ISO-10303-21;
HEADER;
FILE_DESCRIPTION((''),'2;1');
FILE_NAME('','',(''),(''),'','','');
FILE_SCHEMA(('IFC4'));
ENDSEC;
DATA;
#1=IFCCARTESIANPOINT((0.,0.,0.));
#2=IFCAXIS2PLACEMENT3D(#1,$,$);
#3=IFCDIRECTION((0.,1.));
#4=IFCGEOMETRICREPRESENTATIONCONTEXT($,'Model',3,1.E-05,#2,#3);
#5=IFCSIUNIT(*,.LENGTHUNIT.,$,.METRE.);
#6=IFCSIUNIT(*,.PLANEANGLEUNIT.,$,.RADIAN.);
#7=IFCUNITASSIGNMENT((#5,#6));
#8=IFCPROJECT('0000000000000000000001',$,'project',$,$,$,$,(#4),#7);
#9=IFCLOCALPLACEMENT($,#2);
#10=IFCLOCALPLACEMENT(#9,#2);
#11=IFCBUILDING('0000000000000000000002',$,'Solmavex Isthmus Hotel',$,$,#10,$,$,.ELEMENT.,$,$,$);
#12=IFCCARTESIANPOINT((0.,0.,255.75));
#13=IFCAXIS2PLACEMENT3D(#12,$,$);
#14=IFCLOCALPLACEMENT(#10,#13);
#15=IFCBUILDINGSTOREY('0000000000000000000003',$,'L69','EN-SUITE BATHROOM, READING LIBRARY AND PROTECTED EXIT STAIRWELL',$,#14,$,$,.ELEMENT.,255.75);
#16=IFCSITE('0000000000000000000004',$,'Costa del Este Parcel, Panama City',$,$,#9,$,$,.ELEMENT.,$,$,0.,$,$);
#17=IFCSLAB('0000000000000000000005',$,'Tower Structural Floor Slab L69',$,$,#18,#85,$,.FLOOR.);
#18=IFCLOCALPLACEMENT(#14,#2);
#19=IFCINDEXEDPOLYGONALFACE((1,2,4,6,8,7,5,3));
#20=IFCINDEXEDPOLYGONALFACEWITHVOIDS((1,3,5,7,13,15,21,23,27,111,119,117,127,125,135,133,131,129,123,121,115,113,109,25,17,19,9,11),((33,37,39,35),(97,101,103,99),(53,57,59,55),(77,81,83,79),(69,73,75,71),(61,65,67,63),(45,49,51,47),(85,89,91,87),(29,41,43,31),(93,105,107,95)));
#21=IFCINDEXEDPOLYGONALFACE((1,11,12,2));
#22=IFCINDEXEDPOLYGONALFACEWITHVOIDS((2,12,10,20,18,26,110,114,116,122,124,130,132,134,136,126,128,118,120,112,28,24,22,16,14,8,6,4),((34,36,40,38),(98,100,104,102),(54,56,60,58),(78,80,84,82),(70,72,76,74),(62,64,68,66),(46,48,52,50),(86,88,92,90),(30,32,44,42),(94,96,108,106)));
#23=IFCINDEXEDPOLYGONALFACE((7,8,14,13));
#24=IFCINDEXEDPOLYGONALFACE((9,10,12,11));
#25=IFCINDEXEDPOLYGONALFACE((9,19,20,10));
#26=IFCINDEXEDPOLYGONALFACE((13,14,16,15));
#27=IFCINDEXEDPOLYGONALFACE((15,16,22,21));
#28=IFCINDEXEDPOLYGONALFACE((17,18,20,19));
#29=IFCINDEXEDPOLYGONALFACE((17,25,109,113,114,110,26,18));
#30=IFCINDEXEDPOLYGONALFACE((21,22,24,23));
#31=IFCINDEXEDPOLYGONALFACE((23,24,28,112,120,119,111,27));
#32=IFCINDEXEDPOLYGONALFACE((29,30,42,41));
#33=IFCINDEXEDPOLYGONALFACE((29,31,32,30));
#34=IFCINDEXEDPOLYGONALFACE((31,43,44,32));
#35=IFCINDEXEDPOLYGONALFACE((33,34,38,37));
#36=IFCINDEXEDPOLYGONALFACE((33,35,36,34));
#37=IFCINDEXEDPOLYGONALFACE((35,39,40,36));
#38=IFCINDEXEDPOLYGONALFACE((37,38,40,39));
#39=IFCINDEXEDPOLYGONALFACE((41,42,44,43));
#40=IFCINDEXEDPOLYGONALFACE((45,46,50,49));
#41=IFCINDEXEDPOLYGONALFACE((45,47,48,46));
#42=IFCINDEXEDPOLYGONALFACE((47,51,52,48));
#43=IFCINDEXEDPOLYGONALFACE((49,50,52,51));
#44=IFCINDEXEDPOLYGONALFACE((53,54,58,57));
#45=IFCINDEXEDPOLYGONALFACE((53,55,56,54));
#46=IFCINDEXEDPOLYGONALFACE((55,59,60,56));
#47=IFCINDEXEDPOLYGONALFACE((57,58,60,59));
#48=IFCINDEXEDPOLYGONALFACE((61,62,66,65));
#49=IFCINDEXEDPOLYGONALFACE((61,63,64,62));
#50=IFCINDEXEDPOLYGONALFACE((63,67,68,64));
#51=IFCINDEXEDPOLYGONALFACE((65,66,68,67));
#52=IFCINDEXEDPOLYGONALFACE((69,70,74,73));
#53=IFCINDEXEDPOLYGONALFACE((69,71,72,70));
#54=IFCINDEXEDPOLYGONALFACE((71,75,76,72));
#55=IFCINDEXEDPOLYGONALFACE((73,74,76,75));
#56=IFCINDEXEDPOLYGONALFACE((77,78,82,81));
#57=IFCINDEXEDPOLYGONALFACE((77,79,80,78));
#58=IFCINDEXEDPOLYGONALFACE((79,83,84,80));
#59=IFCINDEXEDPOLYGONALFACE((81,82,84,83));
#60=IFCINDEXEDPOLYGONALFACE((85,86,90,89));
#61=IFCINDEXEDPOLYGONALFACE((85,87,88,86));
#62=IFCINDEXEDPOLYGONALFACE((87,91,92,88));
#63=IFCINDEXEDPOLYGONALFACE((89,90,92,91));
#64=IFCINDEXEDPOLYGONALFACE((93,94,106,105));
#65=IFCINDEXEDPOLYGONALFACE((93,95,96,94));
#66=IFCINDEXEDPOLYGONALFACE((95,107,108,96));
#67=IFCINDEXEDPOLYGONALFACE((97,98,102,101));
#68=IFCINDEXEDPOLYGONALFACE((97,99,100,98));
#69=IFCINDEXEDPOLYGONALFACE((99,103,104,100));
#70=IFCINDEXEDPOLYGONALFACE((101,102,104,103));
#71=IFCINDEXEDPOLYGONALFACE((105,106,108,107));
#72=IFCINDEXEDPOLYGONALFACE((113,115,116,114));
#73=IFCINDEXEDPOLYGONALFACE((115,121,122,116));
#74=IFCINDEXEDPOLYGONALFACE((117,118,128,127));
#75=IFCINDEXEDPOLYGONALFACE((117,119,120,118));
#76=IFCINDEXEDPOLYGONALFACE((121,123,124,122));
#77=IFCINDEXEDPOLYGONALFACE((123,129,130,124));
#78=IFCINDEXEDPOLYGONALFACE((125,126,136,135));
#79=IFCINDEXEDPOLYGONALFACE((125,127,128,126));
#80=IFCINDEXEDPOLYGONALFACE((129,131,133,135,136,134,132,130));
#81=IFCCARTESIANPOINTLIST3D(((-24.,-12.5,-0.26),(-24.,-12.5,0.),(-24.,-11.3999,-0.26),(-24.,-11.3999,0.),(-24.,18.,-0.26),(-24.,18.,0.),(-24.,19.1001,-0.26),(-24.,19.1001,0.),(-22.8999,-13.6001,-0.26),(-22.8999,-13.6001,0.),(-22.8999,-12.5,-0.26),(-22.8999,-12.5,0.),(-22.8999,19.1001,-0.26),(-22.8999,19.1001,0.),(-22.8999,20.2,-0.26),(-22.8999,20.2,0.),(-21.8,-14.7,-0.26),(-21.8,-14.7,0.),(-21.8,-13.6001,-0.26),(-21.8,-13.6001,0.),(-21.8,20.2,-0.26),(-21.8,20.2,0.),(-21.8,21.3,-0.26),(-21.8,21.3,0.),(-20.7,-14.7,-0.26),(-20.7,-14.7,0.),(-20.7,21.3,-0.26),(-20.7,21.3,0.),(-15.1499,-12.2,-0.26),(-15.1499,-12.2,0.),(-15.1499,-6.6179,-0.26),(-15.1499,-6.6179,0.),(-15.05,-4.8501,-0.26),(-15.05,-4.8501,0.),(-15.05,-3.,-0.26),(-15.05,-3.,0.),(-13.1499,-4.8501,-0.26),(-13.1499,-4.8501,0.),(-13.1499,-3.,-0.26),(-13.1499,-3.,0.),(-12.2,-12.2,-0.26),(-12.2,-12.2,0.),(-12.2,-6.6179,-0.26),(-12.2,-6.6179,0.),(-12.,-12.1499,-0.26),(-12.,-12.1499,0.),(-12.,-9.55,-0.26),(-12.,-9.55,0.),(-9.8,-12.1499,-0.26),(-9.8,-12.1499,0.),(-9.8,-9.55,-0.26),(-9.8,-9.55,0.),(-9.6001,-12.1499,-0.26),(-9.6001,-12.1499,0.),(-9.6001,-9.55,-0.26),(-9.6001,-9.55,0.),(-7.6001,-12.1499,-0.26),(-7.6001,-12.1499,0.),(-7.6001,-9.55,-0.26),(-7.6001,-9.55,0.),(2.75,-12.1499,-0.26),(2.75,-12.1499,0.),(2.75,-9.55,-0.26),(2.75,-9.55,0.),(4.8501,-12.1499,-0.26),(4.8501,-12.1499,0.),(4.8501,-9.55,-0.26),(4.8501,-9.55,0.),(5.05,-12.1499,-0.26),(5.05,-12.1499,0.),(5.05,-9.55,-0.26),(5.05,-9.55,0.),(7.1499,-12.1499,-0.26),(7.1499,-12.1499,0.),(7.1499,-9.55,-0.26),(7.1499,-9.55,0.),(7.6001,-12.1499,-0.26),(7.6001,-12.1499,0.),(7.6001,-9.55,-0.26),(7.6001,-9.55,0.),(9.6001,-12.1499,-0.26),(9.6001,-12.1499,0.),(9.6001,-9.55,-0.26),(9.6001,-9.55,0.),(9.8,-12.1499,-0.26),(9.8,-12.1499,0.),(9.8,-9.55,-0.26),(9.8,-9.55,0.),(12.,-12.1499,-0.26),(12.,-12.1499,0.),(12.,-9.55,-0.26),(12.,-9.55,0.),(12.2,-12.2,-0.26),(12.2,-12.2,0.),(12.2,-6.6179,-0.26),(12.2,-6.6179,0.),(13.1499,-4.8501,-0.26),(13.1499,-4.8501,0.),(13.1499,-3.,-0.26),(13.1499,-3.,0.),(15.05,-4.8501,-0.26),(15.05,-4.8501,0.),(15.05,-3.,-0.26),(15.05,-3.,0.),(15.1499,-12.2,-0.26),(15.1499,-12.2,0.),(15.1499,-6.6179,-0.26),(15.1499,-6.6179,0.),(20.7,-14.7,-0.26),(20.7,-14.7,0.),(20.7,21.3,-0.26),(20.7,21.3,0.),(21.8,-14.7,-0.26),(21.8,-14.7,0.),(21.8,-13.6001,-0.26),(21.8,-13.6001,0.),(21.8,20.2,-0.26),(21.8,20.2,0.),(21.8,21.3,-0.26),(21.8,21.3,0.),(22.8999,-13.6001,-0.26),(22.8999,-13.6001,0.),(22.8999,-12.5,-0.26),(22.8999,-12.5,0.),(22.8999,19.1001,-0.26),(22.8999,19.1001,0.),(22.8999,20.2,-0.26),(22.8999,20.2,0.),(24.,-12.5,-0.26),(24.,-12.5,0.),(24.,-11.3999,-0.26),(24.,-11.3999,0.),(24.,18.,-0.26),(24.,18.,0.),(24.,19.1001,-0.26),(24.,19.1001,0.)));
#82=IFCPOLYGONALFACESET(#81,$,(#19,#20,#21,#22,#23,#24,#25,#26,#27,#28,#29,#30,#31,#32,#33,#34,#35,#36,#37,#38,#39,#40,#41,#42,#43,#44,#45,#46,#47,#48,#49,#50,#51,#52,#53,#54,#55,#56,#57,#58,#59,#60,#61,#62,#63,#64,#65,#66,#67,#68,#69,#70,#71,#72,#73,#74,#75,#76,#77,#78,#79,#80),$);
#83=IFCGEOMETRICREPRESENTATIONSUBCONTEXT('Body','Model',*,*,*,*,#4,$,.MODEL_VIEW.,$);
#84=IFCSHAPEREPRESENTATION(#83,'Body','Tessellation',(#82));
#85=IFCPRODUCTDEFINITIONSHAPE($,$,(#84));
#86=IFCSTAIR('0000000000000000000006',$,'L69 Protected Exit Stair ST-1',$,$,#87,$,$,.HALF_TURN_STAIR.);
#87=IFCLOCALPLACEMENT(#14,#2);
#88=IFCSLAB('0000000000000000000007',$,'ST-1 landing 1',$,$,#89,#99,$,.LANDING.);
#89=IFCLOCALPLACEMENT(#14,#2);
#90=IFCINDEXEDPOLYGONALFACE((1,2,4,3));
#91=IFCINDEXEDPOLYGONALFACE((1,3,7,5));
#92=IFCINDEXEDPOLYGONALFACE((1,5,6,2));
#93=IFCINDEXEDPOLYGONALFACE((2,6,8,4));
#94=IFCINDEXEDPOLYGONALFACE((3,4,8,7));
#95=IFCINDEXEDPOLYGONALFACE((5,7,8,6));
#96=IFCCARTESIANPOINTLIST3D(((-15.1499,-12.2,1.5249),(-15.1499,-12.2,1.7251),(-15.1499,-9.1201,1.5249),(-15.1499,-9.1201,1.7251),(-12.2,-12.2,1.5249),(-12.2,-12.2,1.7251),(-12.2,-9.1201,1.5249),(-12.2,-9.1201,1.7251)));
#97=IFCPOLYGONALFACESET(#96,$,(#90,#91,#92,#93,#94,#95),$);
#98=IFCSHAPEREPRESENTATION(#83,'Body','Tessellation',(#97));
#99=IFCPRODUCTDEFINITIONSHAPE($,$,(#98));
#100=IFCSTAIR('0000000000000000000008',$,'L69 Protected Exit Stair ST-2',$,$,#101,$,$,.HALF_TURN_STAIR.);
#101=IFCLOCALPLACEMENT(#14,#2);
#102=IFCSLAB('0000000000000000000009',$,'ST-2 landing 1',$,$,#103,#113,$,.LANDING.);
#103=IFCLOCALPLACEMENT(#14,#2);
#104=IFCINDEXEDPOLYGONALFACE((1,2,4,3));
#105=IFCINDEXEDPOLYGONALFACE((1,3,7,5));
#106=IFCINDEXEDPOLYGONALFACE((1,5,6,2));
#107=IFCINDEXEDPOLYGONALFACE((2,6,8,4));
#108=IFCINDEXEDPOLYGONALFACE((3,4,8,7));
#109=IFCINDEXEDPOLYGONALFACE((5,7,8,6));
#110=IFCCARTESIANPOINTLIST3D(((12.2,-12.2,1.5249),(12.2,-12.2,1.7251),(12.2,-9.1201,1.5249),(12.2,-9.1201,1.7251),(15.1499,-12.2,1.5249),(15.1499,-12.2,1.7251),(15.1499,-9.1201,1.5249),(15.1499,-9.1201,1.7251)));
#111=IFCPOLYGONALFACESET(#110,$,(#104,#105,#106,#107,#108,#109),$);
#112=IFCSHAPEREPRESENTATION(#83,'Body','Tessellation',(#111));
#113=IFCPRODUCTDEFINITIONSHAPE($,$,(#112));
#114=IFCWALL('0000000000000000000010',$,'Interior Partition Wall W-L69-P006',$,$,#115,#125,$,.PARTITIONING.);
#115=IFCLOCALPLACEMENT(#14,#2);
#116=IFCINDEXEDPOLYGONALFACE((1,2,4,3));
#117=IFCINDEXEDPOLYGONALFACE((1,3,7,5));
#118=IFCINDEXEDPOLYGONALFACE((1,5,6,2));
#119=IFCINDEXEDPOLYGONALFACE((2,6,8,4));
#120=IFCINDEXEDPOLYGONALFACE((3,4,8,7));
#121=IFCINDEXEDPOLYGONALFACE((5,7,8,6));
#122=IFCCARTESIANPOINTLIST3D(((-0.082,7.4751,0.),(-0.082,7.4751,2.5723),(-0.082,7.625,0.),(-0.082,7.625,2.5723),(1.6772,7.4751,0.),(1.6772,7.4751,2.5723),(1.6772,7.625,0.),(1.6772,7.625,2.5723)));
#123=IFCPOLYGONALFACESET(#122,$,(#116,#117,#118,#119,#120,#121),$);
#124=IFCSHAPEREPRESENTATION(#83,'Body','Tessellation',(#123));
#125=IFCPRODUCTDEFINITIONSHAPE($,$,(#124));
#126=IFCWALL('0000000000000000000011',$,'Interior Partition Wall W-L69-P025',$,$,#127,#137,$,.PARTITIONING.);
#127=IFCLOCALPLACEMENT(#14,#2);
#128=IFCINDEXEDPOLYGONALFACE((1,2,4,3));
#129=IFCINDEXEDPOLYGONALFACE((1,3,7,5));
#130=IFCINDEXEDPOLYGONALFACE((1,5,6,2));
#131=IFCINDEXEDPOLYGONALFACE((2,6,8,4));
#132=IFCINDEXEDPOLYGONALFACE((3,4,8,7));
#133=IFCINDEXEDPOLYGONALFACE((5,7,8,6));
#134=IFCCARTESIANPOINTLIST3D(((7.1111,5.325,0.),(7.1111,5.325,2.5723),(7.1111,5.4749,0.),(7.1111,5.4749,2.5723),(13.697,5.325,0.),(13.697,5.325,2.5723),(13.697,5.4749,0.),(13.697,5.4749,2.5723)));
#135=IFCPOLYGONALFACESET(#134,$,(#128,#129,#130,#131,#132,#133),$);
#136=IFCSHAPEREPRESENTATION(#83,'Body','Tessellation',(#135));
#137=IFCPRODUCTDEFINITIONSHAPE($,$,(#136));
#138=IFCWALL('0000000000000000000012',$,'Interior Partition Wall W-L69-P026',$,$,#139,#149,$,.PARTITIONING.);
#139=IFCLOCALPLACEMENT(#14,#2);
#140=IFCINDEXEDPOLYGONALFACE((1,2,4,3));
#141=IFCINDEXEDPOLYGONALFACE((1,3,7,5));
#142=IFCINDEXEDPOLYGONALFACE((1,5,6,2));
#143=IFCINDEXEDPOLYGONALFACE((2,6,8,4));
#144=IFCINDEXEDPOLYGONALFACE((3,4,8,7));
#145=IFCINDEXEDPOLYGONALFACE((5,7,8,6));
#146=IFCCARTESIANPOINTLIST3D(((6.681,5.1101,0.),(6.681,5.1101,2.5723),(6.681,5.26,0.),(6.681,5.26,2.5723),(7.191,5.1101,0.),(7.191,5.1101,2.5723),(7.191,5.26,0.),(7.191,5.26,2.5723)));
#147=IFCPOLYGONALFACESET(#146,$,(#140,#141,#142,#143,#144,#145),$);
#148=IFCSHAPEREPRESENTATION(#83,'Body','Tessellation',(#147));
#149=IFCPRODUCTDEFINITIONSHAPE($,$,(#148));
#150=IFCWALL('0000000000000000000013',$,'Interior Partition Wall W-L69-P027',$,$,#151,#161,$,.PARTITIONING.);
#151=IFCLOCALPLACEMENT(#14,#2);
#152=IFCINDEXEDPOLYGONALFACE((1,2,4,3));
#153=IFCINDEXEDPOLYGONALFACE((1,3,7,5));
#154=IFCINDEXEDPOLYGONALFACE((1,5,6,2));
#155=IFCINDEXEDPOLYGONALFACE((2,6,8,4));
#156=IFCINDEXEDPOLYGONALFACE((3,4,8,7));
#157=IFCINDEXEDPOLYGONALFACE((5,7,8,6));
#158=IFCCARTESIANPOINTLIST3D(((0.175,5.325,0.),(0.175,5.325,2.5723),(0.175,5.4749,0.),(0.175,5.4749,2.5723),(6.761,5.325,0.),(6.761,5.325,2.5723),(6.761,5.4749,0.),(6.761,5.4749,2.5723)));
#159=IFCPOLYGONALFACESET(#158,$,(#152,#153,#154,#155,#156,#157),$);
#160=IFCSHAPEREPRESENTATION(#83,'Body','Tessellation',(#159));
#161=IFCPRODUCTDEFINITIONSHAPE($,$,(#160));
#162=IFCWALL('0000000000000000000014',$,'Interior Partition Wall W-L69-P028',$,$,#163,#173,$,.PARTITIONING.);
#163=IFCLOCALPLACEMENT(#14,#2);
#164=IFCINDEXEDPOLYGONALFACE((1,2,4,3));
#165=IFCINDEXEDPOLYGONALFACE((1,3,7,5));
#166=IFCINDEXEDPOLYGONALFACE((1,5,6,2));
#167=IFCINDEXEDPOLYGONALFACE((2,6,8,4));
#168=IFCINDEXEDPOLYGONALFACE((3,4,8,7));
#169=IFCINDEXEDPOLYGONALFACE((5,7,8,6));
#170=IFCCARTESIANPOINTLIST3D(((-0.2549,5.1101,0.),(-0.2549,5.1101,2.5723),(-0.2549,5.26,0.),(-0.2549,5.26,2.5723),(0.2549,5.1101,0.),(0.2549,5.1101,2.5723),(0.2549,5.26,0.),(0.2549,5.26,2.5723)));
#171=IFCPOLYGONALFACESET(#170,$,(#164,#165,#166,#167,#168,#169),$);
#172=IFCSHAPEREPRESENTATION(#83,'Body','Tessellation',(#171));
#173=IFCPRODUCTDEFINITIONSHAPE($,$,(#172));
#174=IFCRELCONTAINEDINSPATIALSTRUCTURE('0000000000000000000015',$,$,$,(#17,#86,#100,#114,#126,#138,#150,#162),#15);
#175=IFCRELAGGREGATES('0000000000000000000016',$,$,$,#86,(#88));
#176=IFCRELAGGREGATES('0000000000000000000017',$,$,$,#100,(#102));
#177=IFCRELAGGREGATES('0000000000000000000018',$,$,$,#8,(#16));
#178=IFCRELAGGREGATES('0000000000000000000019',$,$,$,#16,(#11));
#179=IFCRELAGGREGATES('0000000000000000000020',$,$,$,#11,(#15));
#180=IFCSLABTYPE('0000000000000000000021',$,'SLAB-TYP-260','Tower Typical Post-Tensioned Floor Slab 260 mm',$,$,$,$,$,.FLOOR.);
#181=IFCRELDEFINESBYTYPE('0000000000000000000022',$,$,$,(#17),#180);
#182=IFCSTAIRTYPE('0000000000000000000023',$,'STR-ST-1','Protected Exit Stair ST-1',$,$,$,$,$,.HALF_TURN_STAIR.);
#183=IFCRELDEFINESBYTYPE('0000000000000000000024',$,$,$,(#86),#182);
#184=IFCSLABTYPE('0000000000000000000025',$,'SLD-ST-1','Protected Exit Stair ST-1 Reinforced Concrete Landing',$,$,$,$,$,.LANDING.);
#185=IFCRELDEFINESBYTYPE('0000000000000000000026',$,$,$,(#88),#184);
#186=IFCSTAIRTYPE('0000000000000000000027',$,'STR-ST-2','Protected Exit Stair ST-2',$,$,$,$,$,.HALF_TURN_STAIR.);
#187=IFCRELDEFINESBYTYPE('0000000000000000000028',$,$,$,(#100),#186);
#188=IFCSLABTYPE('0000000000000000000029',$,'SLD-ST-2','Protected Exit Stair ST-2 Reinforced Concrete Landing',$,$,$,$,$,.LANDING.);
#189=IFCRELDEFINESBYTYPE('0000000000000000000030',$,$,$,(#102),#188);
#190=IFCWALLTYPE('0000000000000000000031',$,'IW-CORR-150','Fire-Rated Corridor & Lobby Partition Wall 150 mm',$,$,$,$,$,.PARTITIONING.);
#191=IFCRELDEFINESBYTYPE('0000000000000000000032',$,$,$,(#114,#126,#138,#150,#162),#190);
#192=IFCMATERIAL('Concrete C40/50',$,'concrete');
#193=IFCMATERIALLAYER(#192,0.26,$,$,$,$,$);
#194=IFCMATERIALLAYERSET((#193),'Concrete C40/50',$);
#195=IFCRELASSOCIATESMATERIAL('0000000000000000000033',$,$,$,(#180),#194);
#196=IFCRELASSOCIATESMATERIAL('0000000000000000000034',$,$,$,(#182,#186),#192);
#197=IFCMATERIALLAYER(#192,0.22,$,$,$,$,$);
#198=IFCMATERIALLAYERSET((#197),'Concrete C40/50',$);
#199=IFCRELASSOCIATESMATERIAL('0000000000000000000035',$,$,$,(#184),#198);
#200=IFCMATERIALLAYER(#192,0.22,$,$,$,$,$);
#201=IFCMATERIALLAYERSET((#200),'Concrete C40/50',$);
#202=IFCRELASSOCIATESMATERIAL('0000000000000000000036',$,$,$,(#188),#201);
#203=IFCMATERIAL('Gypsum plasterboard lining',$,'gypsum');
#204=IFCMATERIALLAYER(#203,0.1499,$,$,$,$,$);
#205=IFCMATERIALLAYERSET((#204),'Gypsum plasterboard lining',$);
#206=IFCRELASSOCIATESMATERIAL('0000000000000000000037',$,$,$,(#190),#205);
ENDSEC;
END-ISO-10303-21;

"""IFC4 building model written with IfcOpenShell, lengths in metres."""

from ifc_helpers import new_model, si_unit, direction, frame, frame_2d, origin, place, context, subcontext, project, spatial, polyline, rectangle, outline, extrude, material, layer, layer_set, type_object, element, aggregate, save


model = new_model("IFC4")

# Units and contexts
model_context = context("Model", 3, precision=1e-05, world=origin(), true_north=direction((0.0, 1.0)))
body_context = subcontext(model_context, "Body", "Model", "MODEL_VIEW")
ifc_project = project(units=[si_unit("LENGTHUNIT", "METRE"), si_unit("PLANEANGLEUNIT", "RADIAN")], contexts=[model_context])

# Site, building, storey
site_placement = place(None, origin())
site = spatial("IfcSite", under=ifc_project, at=site_placement, Name="Costa del Este Parcel, Panama City", CompositionType="ELEMENT", RefElevation=0.0)
building_placement = place(site_placement, origin())
building = spatial("IfcBuilding", under=site, at=building_placement, Name="Solmavex Isthmus Hotel", CompositionType="ELEMENT")
storey_placement = place(building_placement, frame((0.0, 0.0, 255.75)))
storey = spatial("IfcBuildingStorey", under=building, at=storey_placement, Name="L69", Description="EN-SUITE BATHROOM, READING LIBRARY AND PROTECTED EXIT STAIRWELL", CompositionType="ELEMENT", Elevation=255.75)

# Slab
ifc_material_1 = material(Name="Concrete C40/50", Category="concrete")
ifc_layer_1 = layer(ifc_material_1, 0.26)
ifc_layer_set_1 = layer_set([ifc_layer_1], Name="Concrete C40/50")
slab_type_1 = type_object("IfcSlabType", Name="SLAB-TYP-260", Description="Tower Typical Post-Tensioned Floor Slab 260 mm", PredefinedType="FLOOR", material=ifc_layer_set_1)
slab_1_placement = place(storey_placement, frame((0.0, 0.0, -0.26)))
element("IfcSlab", 1, at=slab_1_placement, inside=storey, type_object=slab_type_1, Name="Tower Structural Floor Slab L69", PredefinedType="FLOOR", context=body_context, shape_type="SweptSolid", body=[
    extrude(outline(polyline([(-20.7, -14.7), (20.7, -14.7), (21.8, -14.7), (21.8, -13.6001), (22.8999, -13.6001), (22.8999, -12.5), (24.0, -12.5), (24.0, -11.3999), (24.0, 18.0), (24.0, 19.1001), (22.8999, 19.1001), (22.8999, 20.2), (21.8, 20.2), (21.8, 21.3), (20.7, 21.3), (-20.7, 21.3), (-21.8, 21.3), (-21.8, 20.2), (-22.8999, 20.2), (-22.8999, 19.1001), (-24.0, 19.1001), (-24.0, 18.0), (-24.0, -11.3999), (-24.0, -12.5), (-22.8999, -12.5), (-22.8999, -13.6001), (-21.8, -13.6001), (-21.8, -14.7), (-20.7, -14.7)]), holes=[polyline([(-15.1499, -6.6179), (-15.1499, -12.2), (-12.2, -12.2), (-12.2, -6.6179), (-15.1499, -6.6179)]), polyline([(12.2, -6.6179), (12.2, -12.2), (15.1499, -12.2), (15.1499, -6.6179), (12.2, -6.6179)]), polyline([(-12.0, -12.1499), (-9.8, -12.1499), (-9.8, -9.55), (-12.0, -9.55), (-12.0, -12.1499)]), polyline([(9.8, -12.1499), (12.0, -12.1499), (12.0, -9.55), (9.8, -9.55), (9.8, -12.1499)]), polyline([(-9.6001, -12.1499), (-7.6001, -12.1499), (-7.6001, -9.55), (-9.6001, -9.55), (-9.6001, -12.1499)]), polyline([(7.6001, -12.1499), (9.6001, -12.1499), (9.6001, -9.55), (7.6001, -9.55), (7.6001, -12.1499)]), polyline([(2.75, -12.1499), (4.8501, -12.1499), (4.8501, -9.55), (2.75, -9.55), (2.75, -12.1499)]), polyline([(5.05, -12.1499), (7.1499, -12.1499), (7.1499, -9.55), (5.05, -9.55), (5.05, -12.1499)]), polyline([(-15.05, -4.8501), (-13.1499, -4.8501), (-13.1499, -3.0), (-15.05, -3.0), (-15.05, -4.8501)]), polyline([(13.1499, -4.8501), (15.05, -4.8501), (15.05, -3.0), (13.1499, -3.0), (13.1499, -4.8501)])]), origin(), (0.0, 0.0, 1.0), 0.26),
])

# Stairs, slabs
stair_type_1 = type_object("IfcStairType", Name="STR-ST-1", Description="Protected Exit Stair ST-1", PredefinedType="HALF_TURN_STAIR", material=ifc_material_1)
stair_1_placement = place(storey_placement, origin())
stair_1 = element("IfcStair", 2, at=stair_1_placement, inside=storey, type_object=stair_type_1, Name="L69 Protected Exit Stair ST-1", PredefinedType="HALF_TURN_STAIR")
ifc_layer_2 = layer(ifc_material_1, 0.22)
ifc_layer_set_2 = layer_set([ifc_layer_2], Name="Concrete C40/50")
slab_type_2 = type_object("IfcSlabType", Name="SLD-ST-1", Description="Protected Exit Stair ST-1 Reinforced Concrete Landing", PredefinedType="LANDING", material=ifc_layer_set_2)
slab_2_placement = place(storey_placement, frame((0.0, 0.0, 1.5249)))
slab_2 = element("IfcSlab", 3, at=slab_2_placement, type_object=slab_type_2, Name="ST-1 landing 1", PredefinedType="LANDING", context=body_context, shape_type="SweptSolid", body=[
    extrude(outline(polyline([(-15.1499, -9.1201), (-15.1499, -12.2), (-12.2, -12.2), (-12.2, -9.1201), (-15.1499, -9.1201)])), origin(), (0.0, 0.0, 1.0), 0.2002),
])
aggregate(stair_1, [slab_2])
stair_type_2 = type_object("IfcStairType", Name="STR-ST-2", Description="Protected Exit Stair ST-2", PredefinedType="HALF_TURN_STAIR", material=ifc_material_1)
stair_2_placement = place(storey_placement, origin())
stair_2 = element("IfcStair", 4, at=stair_2_placement, inside=storey, type_object=stair_type_2, Name="L69 Protected Exit Stair ST-2", PredefinedType="HALF_TURN_STAIR")
ifc_layer_3 = layer(ifc_material_1, 0.22)
ifc_layer_set_3 = layer_set([ifc_layer_3], Name="Concrete C40/50")
slab_type_3 = type_object("IfcSlabType", Name="SLD-ST-2", Description="Protected Exit Stair ST-2 Reinforced Concrete Landing", PredefinedType="LANDING", material=ifc_layer_set_3)
slab_3_placement = place(storey_placement, frame((0.0, 0.0, 1.5249)))
slab_3 = element("IfcSlab", 5, at=slab_3_placement, type_object=slab_type_3, Name="ST-2 landing 1", PredefinedType="LANDING", context=body_context, shape_type="SweptSolid", body=[
    extrude(outline(polyline([(12.2, -9.1201), (12.2, -12.2), (15.1499, -12.2), (15.1499, -9.1201), (12.2, -9.1201)])), origin(), (0.0, 0.0, 1.0), 0.2002),
])
aggregate(stair_2, [slab_3])

# Walls
ifc_material_2 = material(Name="Gypsum plasterboard lining", Category="gypsum")
ifc_layer_4 = layer(ifc_material_2, 0.1499)
ifc_layer_set_4 = layer_set([ifc_layer_4], Name="Gypsum plasterboard lining")
wall_type_1 = type_object("IfcWallType", Name="IW-CORR-150", Description="Fire-Rated Corridor & Lobby Partition Wall 150 mm", PredefinedType="PARTITIONING", material=ifc_layer_set_4)
wall_1_placement = place(storey_placement, frame((-0.082, 7.55, 0.0), z_axis=(0.0, 0.0, 1.0), x_axis=(1.0, 0.0, 0.0)))
element("IfcWall", 6, at=wall_1_placement, inside=storey, type_object=wall_type_1, Name="Interior Partition Wall W-L69-P006", PredefinedType="PARTITIONING", context=body_context, shape_type="SweptSolid", body=[
    extrude(rectangle(XDim=1.7593, YDim=0.1499, at=frame_2d((0.8796, 0.0))), origin(), (0.0, 0.0, 1.0), 2.5723),
])
wall_2_placement = place(storey_placement, frame((13.697, 5.3999, 0.0), z_axis=(0.0, 0.0, 1.0), x_axis=(-1.0, 0.0, 0.0)))
element("IfcWall", 7, at=wall_2_placement, inside=storey, type_object=wall_type_1, Name="Interior Partition Wall W-L69-P025", PredefinedType="PARTITIONING", context=body_context, shape_type="SweptSolid", body=[
    extrude(rectangle(XDim=6.5859, YDim=0.1499, at=frame_2d((3.293, 0.0))), origin(), (0.0, 0.0, 1.0), 2.5723),
])
wall_3_placement = place(storey_placement, frame((7.1909, 5.1851, 0.0), z_axis=(0.0, 0.0, 1.0), x_axis=(-1.0, 0.0, 0.0)))
element("IfcWall", 8, at=wall_3_placement, inside=storey, type_object=wall_type_1, Name="Interior Partition Wall W-L69-P026", PredefinedType="PARTITIONING", context=body_context, shape_type="SweptSolid", body=[
    extrude(rectangle(XDim=0.51, YDim=0.1499, at=frame_2d((0.2549, 0.0))), origin(), (0.0, 0.0, 1.0), 2.5723),
])
wall_4_placement = place(storey_placement, frame((6.761, 5.3999, 0.0), z_axis=(0.0, 0.0, 1.0), x_axis=(-1.0, 0.0, 0.0)))
element("IfcWall", 9, at=wall_4_placement, inside=storey, type_object=wall_type_1, Name="Interior Partition Wall W-L69-P027", PredefinedType="PARTITIONING", context=body_context, shape_type="SweptSolid", body=[
    extrude(rectangle(XDim=6.5859, YDim=0.1499, at=frame_2d((3.293, 0.0))), origin(), (0.0, 0.0, 1.0), 2.5723),
])
wall_5_placement = place(storey_placement, frame((0.2549, 5.1851, 0.0), z_axis=(0.0, 0.0, 1.0), x_axis=(-1.0, 0.0, 0.0)))
element("IfcWall", 10, at=wall_5_placement, inside=storey, type_object=wall_type_1, Name="Interior Partition Wall W-L69-P028", PredefinedType="PARTITIONING", context=body_context, shape_type="SweptSolid", body=[
    extrude(rectangle(XDim=0.5098, YDim=0.1499, at=frame_2d((0.2549, 0.0))), origin(), (0.0, 0.0, 1.0), 2.5723),
])

save(model, "model.ifc")
